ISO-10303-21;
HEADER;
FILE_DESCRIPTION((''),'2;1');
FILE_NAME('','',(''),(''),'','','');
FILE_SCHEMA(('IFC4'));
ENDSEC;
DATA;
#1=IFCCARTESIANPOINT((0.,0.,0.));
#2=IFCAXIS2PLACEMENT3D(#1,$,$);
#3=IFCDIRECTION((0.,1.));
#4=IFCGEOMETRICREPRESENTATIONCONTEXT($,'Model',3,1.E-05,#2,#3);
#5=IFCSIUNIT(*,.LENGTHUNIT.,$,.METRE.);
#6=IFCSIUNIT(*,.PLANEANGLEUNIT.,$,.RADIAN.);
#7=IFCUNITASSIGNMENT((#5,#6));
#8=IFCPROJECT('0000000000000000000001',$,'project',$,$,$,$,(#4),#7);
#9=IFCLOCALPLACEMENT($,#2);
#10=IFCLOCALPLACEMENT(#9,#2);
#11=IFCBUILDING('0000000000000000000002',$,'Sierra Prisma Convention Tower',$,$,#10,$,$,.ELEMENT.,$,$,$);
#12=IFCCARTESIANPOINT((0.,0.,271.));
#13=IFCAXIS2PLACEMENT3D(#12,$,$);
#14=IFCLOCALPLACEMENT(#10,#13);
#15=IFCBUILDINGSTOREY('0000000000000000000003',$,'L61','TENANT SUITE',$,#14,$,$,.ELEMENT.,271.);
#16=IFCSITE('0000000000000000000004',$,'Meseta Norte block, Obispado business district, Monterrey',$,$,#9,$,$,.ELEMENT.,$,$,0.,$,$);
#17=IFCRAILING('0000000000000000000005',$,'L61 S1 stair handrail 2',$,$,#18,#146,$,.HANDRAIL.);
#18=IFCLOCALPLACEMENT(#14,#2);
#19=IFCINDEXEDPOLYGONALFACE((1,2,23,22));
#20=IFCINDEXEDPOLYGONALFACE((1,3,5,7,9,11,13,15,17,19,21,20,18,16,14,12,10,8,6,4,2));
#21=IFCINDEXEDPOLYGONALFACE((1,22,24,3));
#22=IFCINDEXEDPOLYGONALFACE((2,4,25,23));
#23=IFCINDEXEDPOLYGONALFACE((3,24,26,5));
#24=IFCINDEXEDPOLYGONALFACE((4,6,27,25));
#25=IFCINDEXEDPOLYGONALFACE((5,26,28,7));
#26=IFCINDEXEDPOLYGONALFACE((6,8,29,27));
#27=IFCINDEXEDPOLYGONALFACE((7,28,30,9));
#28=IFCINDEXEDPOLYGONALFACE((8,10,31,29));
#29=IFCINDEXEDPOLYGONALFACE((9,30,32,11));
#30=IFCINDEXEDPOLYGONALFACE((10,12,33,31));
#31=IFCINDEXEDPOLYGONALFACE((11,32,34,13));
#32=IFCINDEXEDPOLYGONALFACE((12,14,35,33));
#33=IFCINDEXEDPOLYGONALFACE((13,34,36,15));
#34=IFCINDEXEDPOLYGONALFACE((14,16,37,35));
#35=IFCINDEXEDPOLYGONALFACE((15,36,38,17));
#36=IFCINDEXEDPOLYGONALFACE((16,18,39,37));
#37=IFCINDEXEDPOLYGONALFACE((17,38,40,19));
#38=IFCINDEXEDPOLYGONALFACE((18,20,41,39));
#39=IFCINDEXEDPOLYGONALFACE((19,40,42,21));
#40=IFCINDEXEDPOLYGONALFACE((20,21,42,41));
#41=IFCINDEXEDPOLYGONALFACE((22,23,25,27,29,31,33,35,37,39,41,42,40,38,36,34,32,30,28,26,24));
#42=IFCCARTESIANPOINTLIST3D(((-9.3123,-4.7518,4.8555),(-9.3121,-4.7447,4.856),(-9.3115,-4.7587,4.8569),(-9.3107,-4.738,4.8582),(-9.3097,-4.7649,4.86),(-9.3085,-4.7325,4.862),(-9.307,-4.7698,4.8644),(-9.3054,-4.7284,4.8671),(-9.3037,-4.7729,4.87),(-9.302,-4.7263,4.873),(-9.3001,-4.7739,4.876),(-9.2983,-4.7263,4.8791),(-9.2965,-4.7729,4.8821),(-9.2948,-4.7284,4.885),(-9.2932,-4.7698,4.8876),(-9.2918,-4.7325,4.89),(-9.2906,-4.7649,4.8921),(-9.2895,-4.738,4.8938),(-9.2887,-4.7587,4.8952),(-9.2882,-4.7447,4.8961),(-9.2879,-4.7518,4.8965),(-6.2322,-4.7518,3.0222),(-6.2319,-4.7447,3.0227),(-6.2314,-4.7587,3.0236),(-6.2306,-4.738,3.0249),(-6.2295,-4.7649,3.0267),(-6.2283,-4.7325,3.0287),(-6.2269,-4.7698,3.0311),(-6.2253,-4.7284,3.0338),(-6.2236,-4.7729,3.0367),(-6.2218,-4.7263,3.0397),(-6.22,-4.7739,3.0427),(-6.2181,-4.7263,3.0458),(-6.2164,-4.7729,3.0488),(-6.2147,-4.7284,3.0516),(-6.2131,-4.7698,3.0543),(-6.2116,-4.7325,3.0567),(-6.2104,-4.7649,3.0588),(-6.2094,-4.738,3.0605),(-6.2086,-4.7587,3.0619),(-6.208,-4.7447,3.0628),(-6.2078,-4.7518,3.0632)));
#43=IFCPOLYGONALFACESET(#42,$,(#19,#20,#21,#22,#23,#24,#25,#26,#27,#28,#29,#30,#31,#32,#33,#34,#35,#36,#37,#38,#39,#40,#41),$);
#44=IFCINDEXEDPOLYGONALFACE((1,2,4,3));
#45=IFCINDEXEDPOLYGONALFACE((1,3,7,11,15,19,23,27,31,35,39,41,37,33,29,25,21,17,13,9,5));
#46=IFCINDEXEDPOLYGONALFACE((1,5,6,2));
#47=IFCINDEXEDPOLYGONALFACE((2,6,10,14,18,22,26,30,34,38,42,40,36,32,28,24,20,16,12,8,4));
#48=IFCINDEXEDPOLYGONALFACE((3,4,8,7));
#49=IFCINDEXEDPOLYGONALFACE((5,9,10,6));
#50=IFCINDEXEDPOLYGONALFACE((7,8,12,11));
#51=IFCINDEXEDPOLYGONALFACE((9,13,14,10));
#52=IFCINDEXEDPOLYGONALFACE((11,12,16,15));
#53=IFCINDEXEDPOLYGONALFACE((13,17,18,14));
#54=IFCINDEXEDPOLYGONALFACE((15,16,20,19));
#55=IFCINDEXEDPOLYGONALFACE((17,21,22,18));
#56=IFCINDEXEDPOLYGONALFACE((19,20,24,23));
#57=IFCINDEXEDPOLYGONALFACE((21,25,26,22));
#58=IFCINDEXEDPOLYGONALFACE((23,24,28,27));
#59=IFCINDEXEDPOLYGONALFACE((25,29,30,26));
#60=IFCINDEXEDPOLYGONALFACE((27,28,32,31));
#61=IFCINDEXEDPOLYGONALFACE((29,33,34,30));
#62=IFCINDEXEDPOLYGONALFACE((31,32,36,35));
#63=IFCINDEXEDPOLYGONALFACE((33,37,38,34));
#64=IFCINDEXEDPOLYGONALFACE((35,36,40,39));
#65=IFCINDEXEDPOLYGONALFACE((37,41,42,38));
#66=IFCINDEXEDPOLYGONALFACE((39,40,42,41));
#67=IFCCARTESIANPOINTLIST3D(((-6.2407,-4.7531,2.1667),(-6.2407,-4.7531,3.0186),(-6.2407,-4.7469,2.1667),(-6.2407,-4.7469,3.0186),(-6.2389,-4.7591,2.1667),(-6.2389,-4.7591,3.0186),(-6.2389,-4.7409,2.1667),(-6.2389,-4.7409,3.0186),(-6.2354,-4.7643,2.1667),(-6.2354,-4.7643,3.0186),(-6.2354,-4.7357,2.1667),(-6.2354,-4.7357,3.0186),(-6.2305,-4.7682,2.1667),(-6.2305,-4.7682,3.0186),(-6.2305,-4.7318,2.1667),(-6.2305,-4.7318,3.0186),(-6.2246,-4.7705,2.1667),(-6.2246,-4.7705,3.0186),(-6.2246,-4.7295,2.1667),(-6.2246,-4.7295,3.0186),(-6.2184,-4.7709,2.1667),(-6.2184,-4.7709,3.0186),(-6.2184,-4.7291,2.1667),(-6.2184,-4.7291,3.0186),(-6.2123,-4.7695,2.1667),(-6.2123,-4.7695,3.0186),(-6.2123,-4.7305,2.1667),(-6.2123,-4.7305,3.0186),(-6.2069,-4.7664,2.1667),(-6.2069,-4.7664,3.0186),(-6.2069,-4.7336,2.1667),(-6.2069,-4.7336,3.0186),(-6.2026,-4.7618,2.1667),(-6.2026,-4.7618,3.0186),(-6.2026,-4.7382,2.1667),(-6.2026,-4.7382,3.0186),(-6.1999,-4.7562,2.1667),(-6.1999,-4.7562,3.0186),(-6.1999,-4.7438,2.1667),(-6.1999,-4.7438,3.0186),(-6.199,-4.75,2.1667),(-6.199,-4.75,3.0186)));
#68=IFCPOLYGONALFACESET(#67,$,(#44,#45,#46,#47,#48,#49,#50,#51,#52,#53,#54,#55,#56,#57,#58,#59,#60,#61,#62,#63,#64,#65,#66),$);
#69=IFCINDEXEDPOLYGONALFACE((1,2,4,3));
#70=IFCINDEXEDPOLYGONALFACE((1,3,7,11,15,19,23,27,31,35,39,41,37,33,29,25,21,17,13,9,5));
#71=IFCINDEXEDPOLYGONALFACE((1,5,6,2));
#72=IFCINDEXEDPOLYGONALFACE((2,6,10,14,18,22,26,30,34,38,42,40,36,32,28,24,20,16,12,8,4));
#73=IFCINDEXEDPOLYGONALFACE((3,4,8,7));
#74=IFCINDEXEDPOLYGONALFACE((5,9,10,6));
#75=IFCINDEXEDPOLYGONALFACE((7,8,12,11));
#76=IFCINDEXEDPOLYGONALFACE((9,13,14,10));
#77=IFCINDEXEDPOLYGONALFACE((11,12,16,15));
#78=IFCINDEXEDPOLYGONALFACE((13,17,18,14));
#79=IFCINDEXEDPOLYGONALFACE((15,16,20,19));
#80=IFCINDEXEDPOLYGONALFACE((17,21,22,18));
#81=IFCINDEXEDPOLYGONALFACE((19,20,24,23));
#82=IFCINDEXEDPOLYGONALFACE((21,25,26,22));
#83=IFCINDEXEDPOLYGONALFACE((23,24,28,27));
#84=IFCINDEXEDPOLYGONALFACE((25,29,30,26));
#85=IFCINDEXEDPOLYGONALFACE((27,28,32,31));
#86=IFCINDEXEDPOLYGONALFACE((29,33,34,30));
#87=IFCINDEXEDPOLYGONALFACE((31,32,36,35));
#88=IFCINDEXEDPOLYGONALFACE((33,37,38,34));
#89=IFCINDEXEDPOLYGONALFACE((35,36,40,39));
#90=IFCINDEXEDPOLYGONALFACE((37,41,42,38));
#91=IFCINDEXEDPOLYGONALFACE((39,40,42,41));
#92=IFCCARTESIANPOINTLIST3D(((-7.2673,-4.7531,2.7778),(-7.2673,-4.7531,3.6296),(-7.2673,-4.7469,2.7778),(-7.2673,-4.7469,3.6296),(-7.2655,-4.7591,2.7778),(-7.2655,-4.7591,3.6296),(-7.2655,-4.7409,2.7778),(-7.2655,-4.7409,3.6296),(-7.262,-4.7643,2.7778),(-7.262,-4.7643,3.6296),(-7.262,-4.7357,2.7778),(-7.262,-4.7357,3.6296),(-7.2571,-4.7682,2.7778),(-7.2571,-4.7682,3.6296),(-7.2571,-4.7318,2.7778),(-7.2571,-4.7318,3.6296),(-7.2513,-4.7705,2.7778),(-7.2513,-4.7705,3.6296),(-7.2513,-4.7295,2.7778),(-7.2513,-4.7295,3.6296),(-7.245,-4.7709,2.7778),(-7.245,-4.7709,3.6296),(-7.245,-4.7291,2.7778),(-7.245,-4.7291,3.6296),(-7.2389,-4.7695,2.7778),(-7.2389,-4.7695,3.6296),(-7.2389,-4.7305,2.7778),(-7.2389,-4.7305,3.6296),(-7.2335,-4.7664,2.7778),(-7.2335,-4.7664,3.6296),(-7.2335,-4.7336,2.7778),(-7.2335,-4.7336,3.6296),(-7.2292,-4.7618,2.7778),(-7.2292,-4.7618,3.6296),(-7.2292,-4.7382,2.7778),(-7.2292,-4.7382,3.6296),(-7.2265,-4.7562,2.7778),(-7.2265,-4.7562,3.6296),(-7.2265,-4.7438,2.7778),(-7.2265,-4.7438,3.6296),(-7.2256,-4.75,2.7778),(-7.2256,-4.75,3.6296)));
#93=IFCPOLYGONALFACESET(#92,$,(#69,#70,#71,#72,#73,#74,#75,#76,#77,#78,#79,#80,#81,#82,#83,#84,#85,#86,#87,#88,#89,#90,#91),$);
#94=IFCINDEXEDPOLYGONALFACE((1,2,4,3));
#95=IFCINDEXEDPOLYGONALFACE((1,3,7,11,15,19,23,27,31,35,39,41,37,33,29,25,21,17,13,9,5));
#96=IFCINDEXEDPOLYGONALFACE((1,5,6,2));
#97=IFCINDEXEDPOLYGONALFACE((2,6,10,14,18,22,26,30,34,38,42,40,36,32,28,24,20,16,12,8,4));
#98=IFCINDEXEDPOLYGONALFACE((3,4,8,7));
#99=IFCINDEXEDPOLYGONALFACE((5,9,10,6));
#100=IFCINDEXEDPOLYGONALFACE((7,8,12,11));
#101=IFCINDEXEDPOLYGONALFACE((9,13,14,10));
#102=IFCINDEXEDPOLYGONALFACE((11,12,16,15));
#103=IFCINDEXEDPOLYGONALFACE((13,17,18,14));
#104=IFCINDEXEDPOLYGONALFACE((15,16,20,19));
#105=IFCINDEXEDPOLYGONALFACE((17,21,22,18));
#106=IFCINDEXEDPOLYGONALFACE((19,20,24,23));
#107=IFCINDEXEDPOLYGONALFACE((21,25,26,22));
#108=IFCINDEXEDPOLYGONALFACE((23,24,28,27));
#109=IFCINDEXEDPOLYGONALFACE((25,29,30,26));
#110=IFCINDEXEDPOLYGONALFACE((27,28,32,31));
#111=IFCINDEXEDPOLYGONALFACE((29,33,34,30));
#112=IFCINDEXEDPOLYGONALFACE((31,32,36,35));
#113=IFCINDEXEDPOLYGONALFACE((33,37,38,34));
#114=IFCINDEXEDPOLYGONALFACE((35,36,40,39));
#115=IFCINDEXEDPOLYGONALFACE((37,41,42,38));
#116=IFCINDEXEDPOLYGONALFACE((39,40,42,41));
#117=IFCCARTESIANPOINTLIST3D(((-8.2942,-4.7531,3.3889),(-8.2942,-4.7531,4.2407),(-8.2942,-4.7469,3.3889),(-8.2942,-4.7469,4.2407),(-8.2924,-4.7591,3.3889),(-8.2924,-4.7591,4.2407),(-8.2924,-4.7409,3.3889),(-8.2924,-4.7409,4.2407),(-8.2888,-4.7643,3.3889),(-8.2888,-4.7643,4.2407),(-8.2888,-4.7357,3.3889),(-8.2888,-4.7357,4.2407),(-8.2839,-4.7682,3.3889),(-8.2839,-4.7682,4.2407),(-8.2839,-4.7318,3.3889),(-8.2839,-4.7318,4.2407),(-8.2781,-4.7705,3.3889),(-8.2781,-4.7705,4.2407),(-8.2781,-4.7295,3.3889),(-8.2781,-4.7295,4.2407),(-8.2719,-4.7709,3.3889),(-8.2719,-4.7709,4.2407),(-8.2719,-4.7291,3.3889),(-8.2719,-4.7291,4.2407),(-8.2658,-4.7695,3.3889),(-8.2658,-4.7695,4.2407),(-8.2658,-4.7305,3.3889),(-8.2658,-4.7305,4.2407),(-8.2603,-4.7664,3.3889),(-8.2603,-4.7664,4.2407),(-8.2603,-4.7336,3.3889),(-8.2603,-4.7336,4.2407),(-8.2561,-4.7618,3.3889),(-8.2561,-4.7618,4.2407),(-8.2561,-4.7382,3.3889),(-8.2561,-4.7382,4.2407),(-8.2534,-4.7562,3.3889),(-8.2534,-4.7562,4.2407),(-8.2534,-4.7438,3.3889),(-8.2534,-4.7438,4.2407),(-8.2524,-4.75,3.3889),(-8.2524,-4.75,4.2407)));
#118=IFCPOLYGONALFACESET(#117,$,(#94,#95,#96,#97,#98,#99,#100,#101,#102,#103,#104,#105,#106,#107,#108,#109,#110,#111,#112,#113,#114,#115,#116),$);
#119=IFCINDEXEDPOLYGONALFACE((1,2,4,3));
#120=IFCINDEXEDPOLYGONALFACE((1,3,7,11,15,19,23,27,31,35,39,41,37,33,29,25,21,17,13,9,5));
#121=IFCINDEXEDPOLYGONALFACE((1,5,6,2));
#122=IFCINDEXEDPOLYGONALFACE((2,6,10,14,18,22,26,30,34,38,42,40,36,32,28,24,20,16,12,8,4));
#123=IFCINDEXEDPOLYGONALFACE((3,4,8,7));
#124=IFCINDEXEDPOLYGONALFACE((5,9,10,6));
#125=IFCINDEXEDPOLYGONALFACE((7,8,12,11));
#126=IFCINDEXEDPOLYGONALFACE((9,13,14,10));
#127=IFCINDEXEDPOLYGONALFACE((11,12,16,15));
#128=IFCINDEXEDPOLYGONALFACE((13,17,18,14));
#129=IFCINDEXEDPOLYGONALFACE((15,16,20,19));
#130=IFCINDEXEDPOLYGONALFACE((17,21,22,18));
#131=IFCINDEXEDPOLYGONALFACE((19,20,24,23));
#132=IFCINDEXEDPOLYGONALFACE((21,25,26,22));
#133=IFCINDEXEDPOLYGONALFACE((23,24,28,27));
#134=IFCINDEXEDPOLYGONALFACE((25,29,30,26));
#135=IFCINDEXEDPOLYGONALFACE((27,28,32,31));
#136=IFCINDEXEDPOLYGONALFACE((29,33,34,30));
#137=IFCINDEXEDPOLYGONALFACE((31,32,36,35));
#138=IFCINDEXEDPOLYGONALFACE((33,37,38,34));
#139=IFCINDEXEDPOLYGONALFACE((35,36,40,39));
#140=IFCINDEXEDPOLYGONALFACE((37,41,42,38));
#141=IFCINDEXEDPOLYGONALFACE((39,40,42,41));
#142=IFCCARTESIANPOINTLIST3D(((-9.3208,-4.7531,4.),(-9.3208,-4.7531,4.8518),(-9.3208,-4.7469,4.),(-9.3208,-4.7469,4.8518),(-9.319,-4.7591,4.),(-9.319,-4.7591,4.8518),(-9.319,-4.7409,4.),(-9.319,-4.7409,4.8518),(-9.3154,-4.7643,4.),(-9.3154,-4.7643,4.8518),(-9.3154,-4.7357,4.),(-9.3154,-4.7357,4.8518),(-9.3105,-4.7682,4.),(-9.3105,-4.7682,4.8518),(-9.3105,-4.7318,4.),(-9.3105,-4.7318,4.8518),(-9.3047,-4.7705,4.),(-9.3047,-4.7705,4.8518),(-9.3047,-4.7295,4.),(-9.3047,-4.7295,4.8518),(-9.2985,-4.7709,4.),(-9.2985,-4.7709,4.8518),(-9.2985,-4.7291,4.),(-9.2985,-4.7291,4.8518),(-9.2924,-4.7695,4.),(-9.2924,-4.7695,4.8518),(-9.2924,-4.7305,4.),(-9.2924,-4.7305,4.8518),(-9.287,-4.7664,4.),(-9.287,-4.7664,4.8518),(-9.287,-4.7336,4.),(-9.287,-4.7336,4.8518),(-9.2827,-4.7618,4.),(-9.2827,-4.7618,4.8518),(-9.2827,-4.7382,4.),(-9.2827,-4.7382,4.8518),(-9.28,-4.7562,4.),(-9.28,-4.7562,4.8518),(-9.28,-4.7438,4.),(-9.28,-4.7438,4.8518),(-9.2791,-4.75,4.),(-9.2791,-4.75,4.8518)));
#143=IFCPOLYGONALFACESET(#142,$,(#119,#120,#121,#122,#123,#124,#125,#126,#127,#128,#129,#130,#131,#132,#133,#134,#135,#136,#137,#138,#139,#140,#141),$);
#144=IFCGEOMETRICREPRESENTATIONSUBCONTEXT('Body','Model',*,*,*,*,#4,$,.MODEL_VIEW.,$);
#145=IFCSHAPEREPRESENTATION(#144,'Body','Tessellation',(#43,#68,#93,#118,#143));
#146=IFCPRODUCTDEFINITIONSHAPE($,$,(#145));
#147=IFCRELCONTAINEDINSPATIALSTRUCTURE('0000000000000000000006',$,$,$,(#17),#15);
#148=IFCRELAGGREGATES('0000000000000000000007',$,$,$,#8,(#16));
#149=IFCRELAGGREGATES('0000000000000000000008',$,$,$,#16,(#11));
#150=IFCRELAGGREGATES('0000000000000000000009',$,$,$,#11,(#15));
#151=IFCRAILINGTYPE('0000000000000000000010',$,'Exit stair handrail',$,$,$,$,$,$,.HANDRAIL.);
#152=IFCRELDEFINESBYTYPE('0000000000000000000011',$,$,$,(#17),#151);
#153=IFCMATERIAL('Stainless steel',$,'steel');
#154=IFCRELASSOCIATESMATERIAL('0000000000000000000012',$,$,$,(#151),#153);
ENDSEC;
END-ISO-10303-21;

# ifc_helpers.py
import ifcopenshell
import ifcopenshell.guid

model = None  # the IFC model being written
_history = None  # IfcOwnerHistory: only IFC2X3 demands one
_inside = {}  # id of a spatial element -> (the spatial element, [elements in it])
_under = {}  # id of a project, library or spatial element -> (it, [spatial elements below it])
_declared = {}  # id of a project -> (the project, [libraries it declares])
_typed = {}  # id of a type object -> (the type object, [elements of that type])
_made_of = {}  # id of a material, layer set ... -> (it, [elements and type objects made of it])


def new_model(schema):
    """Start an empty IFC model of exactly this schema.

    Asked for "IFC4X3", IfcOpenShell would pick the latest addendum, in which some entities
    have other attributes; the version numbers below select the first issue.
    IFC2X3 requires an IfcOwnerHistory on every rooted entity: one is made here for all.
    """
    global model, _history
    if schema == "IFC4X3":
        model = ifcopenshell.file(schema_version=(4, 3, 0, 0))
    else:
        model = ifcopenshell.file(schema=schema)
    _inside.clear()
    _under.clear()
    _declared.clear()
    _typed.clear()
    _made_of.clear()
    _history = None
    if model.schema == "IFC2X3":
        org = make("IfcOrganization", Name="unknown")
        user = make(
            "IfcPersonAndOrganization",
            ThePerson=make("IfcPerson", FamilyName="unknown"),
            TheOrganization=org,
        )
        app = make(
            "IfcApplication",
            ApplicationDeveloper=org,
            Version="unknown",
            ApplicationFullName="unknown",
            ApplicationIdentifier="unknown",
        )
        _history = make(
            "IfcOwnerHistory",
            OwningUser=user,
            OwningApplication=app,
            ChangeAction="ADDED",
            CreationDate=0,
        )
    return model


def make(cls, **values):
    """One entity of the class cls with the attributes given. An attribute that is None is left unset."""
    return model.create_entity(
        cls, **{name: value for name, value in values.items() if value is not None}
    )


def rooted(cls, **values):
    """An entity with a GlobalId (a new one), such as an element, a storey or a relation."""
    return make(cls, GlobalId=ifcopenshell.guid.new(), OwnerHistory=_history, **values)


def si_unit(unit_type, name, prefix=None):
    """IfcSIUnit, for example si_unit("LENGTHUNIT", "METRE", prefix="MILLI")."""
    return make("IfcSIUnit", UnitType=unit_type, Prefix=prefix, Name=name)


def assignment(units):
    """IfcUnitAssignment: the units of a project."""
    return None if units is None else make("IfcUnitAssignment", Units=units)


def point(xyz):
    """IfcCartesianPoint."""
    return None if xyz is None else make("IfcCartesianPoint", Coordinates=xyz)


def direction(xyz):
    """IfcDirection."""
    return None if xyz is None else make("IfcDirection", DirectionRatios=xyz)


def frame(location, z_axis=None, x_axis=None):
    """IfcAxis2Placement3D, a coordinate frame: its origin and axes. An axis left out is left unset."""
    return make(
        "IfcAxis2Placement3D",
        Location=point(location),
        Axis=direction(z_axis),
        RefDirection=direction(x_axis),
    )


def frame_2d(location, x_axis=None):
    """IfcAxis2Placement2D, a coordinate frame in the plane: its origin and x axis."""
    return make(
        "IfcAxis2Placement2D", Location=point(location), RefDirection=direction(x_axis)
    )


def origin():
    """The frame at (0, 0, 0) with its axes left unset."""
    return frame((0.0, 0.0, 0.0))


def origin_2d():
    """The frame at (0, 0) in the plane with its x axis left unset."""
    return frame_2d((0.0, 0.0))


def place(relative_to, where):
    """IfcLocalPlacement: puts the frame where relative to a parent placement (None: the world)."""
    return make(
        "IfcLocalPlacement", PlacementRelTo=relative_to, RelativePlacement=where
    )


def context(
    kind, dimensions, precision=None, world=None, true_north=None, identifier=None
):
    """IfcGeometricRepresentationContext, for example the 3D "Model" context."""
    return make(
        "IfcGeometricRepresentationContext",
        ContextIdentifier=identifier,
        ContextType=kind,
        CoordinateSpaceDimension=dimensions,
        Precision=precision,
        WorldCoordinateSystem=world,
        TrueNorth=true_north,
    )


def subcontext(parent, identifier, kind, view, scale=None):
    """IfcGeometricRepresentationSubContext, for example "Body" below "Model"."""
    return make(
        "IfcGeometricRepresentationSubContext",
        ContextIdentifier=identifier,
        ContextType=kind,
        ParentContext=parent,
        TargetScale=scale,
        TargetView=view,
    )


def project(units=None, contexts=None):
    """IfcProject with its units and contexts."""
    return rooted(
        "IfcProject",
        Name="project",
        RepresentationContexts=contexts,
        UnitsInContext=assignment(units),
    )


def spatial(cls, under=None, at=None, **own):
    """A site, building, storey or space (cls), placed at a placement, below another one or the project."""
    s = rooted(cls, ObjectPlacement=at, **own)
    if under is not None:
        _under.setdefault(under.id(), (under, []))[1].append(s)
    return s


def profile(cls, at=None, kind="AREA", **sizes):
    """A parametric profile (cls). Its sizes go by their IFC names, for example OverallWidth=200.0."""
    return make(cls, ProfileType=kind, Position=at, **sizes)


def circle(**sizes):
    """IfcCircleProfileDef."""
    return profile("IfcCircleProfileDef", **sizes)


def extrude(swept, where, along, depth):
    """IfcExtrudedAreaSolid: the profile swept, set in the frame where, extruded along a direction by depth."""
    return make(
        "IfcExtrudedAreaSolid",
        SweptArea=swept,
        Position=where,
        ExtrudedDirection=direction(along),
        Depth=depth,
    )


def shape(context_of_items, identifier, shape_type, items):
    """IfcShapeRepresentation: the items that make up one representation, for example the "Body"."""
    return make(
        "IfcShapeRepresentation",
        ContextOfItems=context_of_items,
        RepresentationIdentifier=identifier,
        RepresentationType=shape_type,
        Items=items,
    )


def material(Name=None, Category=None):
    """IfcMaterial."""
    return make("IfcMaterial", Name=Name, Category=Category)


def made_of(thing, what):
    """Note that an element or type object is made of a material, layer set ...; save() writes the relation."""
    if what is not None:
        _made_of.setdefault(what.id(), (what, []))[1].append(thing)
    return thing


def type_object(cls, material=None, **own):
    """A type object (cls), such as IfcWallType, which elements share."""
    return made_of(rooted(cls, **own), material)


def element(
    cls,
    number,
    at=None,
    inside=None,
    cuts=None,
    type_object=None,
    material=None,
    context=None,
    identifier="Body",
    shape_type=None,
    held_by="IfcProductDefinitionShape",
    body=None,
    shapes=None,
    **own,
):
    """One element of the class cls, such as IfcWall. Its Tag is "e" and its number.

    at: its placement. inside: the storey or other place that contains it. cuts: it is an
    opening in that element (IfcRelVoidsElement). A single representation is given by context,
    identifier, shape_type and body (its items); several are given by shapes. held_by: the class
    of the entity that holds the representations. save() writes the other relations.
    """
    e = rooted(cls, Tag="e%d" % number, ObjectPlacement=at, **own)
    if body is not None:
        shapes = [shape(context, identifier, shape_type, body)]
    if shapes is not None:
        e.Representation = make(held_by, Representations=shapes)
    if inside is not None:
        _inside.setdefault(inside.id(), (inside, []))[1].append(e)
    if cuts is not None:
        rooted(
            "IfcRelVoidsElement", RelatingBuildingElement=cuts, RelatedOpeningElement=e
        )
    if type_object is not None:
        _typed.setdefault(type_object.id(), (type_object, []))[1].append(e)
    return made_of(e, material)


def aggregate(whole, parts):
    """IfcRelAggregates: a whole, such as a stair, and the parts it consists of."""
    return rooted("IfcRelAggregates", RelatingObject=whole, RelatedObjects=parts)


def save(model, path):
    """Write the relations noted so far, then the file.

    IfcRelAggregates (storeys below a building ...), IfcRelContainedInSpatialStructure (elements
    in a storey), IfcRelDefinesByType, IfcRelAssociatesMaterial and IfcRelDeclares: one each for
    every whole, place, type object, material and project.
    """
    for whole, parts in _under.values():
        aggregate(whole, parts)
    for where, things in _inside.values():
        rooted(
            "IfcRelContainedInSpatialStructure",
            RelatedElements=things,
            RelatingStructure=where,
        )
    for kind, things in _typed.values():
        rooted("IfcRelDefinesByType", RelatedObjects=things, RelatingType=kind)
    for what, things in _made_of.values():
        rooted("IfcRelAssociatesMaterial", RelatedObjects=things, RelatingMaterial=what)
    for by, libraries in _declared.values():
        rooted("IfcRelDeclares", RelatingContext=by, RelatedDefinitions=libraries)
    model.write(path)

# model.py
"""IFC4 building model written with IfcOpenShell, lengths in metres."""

from ifc_helpers import new_model, si_unit, direction, frame, origin, origin_2d, place, context, subcontext, project, spatial, circle, extrude, material, type_object, element, save


model = new_model("IFC4")

# Units and contexts
model_context = context("Model", 3, precision=1e-05, world=origin(), true_north=direction((0.0, 1.0)))
body_context = subcontext(model_context, "Body", "Model", "MODEL_VIEW")
ifc_project = project(units=[si_unit("LENGTHUNIT", "METRE"), si_unit("PLANEANGLEUNIT", "RADIAN")], contexts=[model_context])

# Site, building, storey
site_placement = place(None, origin())
site = spatial("IfcSite", under=ifc_project, at=site_placement, Name="Meseta Norte block, Obispado business district, Monterrey", CompositionType="ELEMENT", RefElevation=0.0)
building_placement = place(site_placement, origin())
building = spatial("IfcBuilding", under=site, at=building_placement, Name="Sierra Prisma Convention Tower", CompositionType="ELEMENT")
storey_placement = place(building_placement, frame((0.0, 0.0, 271.0)))
storey = spatial("IfcBuildingStorey", under=building, at=storey_placement, Name="L61", Description="TENANT SUITE", CompositionType="ELEMENT", Elevation=271.0)

# Railing
ifc_material_1 = material(Name="Stainless steel", Category="steel")
railing_type_1 = type_object("IfcRailingType", Name="Exit stair handrail", PredefinedType="HANDRAIL", material=ifc_material_1)
railing_1_placement = place(storey_placement, frame((-6.22, -4.75, 2.1667)))
element("IfcRailing", 1, at=railing_1_placement, inside=storey, type_object=railing_type_1, Name="L61 S1 stair handrail 2", PredefinedType="HANDRAIL", context=body_context, shape_type="SweptSolid", body=[
    extrude(circle(Radius=0.0239, at=origin_2d()), frame((0.0, 0.0, 0.876), z_axis=(-0.859309, 0.0, 0.511458), x_axis=(0.0, -1.0, 0.0)), (0.0, 0.0, 1.0), 3.5845),
    extrude(circle(Radius=0.021, at=origin_2d()), origin(), (0.0, 0.0, 1.0), 0.8518),
    extrude(circle(Radius=0.021, at=origin_2d()), frame((-1.0266, 0.0, 0.6111)), (0.0, 0.0, 1.0), 0.8518),
    extrude(circle(Radius=0.021, at=origin_2d()), frame((-2.0535, 0.0, 1.2222)), (0.0, 0.0, 1.0), 0.8518),
    extrude(circle(Radius=0.021, at=origin_2d()), frame((-3.0801, 0.0, 1.8333)), (0.0, 0.0, 1.0), 0.8518),
])

save(model, "model.ifc")
